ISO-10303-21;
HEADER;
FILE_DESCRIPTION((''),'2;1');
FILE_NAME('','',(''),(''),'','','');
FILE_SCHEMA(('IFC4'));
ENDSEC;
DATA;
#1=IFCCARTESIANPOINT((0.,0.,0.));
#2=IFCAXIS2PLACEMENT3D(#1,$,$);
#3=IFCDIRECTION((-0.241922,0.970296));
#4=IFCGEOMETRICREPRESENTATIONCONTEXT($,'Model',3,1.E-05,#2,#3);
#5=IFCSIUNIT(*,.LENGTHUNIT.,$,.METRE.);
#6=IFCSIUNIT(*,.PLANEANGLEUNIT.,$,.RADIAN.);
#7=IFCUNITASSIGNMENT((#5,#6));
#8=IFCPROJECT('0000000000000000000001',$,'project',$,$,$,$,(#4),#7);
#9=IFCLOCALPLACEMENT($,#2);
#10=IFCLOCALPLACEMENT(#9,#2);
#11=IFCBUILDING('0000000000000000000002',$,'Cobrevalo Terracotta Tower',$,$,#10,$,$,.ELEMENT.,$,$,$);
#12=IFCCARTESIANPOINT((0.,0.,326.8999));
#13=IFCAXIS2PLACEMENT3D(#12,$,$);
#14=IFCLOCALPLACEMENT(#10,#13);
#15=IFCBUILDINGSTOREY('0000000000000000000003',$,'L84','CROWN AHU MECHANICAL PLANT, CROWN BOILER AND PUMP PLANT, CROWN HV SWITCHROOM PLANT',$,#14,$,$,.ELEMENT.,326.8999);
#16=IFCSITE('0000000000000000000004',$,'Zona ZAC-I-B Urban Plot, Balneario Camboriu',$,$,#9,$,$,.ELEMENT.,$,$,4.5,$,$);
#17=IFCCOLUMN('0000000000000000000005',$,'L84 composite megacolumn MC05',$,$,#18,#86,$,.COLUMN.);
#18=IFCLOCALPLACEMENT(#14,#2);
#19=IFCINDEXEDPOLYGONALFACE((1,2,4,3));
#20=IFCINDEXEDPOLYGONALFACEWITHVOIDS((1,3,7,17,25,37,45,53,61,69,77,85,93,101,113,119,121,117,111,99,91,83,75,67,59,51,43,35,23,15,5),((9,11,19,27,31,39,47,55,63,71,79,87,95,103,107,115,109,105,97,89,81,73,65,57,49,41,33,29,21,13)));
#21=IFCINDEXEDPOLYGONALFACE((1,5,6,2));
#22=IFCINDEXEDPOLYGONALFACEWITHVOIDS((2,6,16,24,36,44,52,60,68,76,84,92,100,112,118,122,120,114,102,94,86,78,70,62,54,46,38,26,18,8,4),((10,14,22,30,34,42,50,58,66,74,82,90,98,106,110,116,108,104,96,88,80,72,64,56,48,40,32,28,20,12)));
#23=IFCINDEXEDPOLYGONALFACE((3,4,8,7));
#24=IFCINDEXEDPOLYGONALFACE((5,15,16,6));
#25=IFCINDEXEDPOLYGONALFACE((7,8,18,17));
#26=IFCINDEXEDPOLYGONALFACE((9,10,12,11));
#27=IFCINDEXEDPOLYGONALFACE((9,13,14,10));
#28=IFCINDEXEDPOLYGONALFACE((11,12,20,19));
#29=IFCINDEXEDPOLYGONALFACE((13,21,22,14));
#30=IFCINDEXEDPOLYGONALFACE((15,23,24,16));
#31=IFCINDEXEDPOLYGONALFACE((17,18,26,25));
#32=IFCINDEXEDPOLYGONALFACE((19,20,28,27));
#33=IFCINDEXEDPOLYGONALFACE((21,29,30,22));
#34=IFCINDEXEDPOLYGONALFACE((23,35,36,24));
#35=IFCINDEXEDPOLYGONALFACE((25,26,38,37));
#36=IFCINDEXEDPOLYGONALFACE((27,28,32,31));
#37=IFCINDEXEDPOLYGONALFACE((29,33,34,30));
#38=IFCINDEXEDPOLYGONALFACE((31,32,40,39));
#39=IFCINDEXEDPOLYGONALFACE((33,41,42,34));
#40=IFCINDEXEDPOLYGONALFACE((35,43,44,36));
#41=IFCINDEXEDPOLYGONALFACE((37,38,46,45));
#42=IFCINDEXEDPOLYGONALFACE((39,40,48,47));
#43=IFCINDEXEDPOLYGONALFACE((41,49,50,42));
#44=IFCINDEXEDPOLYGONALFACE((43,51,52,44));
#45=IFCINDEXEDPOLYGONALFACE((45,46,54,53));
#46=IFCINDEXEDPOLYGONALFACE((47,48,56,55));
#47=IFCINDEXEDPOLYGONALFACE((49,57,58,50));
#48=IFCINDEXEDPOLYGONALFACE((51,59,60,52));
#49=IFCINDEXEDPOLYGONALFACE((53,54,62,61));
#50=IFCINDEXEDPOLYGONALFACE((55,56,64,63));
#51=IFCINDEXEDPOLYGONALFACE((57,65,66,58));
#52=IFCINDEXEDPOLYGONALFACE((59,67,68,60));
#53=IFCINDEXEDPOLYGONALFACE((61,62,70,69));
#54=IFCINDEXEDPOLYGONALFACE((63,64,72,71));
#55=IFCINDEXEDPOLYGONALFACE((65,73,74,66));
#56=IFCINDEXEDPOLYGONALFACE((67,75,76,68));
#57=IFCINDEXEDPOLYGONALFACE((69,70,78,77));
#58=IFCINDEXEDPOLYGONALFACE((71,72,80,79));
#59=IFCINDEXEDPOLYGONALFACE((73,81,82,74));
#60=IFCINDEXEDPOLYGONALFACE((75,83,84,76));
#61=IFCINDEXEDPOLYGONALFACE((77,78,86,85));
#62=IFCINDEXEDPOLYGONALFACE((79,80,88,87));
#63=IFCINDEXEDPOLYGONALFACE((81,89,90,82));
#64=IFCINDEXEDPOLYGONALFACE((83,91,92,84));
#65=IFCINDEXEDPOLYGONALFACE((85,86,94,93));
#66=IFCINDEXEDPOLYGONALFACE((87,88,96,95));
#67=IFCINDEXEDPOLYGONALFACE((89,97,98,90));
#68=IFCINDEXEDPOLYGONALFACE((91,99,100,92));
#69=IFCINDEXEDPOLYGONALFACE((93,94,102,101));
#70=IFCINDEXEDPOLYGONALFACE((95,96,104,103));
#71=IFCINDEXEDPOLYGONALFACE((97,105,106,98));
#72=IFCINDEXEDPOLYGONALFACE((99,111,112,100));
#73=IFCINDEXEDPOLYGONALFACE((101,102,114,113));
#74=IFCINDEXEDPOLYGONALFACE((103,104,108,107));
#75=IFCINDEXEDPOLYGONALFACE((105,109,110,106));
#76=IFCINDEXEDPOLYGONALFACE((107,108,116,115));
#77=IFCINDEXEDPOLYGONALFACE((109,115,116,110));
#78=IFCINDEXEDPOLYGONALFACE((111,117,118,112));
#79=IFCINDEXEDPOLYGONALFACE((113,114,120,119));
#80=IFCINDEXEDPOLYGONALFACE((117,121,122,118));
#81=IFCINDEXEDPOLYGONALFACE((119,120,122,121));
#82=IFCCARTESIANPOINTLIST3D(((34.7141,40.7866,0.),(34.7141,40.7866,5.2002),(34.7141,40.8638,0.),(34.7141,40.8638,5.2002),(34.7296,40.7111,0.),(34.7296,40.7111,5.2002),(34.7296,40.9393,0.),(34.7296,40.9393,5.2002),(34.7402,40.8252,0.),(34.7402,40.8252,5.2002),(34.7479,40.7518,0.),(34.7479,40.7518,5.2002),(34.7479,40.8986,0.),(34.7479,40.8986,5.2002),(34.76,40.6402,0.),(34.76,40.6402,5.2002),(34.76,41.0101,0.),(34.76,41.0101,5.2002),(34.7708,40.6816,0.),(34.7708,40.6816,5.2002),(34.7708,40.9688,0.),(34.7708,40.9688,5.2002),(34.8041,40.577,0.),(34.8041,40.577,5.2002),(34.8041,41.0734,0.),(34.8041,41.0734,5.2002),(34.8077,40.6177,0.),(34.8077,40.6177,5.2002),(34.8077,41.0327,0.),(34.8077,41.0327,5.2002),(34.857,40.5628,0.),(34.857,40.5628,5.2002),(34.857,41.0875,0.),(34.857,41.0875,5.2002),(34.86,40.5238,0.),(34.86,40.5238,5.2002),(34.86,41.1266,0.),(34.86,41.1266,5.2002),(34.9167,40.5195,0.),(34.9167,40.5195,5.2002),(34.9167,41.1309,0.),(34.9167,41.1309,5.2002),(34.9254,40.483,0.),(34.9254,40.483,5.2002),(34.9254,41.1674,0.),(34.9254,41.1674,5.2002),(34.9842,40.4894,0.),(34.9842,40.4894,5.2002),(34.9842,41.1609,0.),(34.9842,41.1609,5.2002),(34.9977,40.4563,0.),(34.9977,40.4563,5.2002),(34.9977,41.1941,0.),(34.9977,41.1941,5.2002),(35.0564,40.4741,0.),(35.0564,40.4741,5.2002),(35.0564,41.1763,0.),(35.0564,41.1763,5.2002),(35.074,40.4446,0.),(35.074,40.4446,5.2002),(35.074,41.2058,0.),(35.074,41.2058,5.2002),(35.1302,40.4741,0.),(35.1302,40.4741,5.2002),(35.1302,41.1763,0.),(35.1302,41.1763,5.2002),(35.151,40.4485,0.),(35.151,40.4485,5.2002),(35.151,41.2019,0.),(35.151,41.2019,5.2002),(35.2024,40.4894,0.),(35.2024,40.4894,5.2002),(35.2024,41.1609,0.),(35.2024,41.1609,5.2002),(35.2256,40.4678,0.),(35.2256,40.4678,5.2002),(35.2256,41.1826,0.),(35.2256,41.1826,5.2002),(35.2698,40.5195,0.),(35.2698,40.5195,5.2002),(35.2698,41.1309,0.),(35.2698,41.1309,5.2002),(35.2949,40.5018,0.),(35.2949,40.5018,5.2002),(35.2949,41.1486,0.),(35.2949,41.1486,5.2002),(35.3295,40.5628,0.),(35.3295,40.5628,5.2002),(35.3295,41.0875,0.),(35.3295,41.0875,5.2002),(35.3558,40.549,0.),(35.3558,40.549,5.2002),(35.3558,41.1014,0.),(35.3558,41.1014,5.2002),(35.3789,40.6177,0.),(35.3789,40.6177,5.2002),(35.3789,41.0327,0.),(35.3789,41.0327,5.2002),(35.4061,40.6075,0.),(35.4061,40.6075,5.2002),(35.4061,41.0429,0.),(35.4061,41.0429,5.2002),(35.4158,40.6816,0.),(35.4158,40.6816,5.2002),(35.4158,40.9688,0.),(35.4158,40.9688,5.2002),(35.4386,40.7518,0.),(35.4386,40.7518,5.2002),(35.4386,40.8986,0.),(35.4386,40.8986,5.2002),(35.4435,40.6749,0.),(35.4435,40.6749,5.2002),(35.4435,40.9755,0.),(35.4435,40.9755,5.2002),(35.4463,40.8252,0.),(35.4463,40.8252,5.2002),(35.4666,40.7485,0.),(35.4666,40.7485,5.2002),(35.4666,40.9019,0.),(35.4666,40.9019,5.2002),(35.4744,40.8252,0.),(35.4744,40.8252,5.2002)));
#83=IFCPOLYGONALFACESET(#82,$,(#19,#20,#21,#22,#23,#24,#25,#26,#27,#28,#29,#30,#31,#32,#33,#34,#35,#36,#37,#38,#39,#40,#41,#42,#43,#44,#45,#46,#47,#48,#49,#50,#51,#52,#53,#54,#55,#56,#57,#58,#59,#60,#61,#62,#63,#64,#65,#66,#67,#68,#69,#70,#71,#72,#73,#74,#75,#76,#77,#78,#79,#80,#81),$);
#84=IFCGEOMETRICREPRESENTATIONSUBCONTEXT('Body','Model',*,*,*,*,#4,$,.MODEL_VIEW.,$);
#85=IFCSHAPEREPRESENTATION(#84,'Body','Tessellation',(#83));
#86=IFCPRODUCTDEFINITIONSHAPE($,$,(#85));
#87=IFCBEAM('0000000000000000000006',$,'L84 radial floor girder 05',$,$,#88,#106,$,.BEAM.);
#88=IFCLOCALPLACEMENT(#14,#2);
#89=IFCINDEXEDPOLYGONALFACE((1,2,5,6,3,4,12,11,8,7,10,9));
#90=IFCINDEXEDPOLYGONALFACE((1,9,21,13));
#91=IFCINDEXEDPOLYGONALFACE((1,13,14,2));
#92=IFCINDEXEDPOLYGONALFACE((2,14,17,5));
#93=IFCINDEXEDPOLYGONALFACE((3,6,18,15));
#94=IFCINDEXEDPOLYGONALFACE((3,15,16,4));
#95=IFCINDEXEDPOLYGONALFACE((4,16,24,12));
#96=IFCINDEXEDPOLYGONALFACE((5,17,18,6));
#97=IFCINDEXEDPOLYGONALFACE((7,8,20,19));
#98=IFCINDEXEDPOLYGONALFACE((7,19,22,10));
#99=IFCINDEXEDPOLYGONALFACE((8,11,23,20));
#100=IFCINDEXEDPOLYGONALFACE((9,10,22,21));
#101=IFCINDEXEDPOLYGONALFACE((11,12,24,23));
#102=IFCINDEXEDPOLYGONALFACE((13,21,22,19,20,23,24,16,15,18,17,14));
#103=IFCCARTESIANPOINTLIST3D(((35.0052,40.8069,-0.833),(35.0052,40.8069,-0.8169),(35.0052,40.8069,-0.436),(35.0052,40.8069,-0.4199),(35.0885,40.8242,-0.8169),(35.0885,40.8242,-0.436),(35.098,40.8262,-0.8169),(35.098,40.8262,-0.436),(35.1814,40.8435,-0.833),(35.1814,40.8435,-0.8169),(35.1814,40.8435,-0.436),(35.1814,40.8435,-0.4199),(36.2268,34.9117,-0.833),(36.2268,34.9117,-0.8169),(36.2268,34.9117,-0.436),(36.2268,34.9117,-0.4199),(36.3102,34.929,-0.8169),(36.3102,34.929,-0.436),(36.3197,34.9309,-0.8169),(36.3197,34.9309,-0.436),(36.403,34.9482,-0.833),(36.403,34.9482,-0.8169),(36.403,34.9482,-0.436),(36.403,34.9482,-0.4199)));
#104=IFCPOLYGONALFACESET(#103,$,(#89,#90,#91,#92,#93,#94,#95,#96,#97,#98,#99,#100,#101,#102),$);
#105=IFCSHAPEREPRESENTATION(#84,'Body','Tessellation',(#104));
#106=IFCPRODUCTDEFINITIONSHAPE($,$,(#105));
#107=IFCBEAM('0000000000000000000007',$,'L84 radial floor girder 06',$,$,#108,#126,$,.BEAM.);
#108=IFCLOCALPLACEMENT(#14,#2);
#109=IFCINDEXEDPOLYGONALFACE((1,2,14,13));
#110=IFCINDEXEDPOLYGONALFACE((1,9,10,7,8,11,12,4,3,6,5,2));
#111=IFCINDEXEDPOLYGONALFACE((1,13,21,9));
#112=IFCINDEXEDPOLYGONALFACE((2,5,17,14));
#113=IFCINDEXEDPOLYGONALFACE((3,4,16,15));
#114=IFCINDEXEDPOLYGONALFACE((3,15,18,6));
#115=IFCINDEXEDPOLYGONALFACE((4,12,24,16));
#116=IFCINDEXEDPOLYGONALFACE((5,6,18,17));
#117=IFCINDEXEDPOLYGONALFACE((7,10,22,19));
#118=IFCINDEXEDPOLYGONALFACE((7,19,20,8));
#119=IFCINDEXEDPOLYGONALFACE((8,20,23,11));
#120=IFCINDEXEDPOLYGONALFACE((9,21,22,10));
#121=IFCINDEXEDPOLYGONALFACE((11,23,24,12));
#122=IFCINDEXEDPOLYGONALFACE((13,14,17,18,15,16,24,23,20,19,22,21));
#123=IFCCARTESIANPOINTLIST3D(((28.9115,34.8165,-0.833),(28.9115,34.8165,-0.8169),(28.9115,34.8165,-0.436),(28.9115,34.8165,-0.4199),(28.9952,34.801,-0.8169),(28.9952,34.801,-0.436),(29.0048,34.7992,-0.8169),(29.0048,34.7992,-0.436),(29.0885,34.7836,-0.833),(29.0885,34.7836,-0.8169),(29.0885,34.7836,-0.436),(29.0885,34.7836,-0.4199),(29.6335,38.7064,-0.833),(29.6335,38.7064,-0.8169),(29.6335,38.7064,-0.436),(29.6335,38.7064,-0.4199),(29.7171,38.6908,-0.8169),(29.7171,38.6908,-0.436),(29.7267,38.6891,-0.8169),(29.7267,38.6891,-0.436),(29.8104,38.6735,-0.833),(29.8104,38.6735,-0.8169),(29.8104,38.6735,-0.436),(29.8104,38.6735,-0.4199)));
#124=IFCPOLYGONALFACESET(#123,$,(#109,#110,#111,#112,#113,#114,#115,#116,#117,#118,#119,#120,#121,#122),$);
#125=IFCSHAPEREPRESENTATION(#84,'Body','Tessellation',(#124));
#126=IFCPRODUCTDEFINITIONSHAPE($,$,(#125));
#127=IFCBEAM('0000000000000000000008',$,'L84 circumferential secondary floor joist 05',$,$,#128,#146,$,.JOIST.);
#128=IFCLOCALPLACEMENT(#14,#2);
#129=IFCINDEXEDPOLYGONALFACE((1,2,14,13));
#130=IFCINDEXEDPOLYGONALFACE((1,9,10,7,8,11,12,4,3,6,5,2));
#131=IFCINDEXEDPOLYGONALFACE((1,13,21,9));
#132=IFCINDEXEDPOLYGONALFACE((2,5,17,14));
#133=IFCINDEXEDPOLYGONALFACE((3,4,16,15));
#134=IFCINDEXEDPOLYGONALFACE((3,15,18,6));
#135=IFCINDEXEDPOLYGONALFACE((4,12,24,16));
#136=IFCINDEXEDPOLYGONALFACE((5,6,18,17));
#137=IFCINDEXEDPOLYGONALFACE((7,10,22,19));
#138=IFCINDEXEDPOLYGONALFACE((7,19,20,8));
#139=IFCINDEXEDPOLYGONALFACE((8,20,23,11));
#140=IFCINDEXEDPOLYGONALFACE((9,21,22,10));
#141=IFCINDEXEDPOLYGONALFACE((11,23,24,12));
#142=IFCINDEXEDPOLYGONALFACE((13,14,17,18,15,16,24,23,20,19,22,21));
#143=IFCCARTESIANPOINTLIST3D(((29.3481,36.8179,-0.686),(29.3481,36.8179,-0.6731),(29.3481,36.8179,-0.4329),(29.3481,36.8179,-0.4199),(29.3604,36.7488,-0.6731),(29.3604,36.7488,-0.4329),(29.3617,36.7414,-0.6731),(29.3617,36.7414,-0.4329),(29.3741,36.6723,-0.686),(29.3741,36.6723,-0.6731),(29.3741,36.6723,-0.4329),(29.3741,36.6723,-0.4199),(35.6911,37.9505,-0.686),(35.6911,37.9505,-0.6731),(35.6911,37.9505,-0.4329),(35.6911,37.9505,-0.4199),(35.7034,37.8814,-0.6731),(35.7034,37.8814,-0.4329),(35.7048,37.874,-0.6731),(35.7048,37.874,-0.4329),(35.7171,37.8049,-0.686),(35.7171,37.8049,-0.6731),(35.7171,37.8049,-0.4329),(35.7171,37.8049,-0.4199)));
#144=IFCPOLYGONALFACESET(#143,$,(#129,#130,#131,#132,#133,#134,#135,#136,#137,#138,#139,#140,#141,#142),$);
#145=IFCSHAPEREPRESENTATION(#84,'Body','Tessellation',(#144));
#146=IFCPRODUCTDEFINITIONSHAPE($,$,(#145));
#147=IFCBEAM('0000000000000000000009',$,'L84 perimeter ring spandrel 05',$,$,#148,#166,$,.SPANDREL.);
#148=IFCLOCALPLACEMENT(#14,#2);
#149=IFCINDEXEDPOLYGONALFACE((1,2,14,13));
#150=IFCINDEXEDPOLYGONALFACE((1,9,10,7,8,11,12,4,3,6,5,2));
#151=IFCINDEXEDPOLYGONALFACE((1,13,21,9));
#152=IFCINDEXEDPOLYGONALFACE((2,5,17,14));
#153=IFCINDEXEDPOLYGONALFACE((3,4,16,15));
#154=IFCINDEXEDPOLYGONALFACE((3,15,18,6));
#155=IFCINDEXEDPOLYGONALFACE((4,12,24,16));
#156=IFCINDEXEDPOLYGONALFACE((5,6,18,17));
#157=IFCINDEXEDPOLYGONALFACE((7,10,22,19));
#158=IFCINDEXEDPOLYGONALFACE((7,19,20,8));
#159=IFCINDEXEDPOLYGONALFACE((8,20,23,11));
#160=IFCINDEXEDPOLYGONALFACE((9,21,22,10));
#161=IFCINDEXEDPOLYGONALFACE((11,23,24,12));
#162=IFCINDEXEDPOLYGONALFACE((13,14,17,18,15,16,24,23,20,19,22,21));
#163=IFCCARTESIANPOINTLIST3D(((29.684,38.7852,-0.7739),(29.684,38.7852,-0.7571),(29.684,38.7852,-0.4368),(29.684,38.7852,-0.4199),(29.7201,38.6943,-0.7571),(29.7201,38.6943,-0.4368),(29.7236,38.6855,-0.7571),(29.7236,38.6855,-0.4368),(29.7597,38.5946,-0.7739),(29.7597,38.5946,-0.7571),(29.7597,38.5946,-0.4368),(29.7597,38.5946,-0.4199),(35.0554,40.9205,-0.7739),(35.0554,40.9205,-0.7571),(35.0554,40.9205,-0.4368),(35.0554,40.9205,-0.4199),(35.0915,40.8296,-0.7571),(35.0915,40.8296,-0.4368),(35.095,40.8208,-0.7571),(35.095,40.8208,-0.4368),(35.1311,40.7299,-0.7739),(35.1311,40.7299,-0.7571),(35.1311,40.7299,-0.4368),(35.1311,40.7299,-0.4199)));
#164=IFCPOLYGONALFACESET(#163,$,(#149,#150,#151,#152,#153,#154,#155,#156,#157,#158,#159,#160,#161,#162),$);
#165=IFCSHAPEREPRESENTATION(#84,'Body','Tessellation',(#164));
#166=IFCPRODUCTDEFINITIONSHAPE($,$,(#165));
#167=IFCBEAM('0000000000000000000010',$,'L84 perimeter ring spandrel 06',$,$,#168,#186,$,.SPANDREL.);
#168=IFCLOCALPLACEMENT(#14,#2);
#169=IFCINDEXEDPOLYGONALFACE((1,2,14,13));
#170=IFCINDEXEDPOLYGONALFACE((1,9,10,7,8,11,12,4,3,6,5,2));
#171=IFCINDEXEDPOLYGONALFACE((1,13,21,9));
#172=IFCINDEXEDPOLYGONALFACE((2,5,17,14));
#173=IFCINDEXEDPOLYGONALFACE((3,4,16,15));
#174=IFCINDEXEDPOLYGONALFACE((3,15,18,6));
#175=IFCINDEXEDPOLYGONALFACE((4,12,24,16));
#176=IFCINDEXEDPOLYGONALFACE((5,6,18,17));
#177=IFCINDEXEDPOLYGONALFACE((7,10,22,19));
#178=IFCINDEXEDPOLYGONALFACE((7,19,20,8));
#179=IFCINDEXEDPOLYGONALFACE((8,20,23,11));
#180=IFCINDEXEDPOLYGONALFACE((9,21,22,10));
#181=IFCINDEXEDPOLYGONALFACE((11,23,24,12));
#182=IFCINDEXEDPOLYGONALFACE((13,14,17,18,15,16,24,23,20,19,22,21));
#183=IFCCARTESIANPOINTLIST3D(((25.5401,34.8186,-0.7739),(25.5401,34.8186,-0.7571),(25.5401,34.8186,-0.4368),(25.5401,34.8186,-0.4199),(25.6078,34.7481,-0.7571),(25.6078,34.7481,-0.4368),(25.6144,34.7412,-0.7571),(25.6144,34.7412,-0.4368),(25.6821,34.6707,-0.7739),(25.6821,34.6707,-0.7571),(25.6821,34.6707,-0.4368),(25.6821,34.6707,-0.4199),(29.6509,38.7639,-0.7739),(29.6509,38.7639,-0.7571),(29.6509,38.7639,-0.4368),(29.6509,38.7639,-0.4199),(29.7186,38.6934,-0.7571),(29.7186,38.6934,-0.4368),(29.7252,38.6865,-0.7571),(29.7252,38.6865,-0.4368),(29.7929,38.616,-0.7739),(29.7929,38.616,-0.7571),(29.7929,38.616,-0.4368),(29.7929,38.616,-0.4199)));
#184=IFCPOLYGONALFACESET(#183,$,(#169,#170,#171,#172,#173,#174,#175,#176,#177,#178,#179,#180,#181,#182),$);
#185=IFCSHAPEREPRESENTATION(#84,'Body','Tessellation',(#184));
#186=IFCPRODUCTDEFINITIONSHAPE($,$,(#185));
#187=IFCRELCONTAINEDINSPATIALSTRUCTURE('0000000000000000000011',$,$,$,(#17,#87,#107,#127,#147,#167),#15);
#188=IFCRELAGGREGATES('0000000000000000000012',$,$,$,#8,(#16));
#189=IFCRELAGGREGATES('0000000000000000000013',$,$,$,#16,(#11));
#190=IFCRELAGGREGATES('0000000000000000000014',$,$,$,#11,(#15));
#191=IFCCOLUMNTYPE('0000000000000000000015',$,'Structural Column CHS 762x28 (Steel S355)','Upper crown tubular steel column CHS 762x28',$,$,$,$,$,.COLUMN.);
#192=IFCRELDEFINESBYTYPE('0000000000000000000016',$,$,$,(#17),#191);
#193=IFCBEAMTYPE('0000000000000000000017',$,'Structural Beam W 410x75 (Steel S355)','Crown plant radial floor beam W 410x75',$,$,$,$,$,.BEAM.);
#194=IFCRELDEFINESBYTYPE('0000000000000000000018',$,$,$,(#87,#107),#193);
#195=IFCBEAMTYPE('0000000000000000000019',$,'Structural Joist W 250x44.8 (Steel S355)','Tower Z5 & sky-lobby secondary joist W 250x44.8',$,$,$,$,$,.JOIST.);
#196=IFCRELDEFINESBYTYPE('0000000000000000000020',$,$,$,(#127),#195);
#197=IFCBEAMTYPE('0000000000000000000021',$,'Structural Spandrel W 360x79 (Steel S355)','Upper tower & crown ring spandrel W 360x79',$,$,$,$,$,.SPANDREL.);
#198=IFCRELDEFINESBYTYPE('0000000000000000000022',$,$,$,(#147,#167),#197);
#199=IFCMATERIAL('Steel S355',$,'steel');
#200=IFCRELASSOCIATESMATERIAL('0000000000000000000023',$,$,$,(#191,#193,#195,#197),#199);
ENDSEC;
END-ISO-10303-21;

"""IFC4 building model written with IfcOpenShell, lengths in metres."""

from ifc_helpers import new_model, si_unit, direction, frame, origin, origin_2d, place, context, subcontext, project, spatial, hollow_circle, i_section, extrude, material, material_profile, profile_set, type_object, element, save


model = new_model("IFC4")

# Units and contexts
model_context = context("Model", 3, precision=1e-05, world=origin(), true_north=direction((-0.241922, 0.970296)))
body_context = subcontext(model_context, "Body", "Model", "MODEL_VIEW")
ifc_project = project(units=[si_unit("LENGTHUNIT", "METRE"), si_unit("PLANEANGLEUNIT", "RADIAN")], contexts=[model_context])

# Site, building, storey
site_placement = place(None, origin())
site = spatial("IfcSite", under=ifc_project, at=site_placement, Name="Zona ZAC-I-B Urban Plot, Balneario Camboriu", CompositionType="ELEMENT", RefElevation=4.5)
building_placement = place(site_placement, origin())
building = spatial("IfcBuilding", under=site, at=building_placement, Name="Cobrevalo Terracotta Tower", CompositionType="ELEMENT")
storey_placement = place(building_placement, frame((0.0, 0.0, 326.8999)))
storey = spatial("IfcBuildingStorey", under=building, at=storey_placement, Name="L84", Description="CROWN AHU MECHANICAL PLANT, CROWN BOILER AND PUMP PLANT, CROWN HV SWITCHROOM PLANT", CompositionType="ELEMENT", Elevation=326.8999)

# Column
ifc_material_1 = material(Name="Steel S355", Category="steel")
ifc_material_profile_1 = material_profile(ifc_material_1, hollow_circle(Radius=0.3811, WallThickness=0.0281, at=origin_2d()), Name="CHS 762x28")
ifc_profile_set_1 = profile_set([ifc_material_profile_1], Name="Steel S355")
column_type = type_object("IfcColumnType", Name="Structural Column CHS 762x28 (Steel S355)", Description="Upper crown tubular steel column CHS 762x28", PredefinedType="COLUMN", material=ifc_profile_set_1)
column_placement = place(storey_placement, frame((35.0933, 40.8252, 0.0), z_axis=(0.0, 0.0, 1.0), x_axis=(1.0, 0.0, 0.0)))
element("IfcColumn", 1, at=column_placement, inside=storey, type_object=column_type, Name="L84 composite megacolumn MC05", PredefinedType="COLUMN", context=body_context, shape_type="SweptSolid", body=[
    extrude(hollow_circle(Radius=0.3811, WallThickness=0.0281, at=origin_2d()), origin(), (0.0, 0.0, 1.0), 5.2002),
])

# Beams
ifc_material_profile_2 = material_profile(ifc_material_1, i_section(OverallWidth=0.1799, OverallDepth=0.4131, WebThickness=0.0098, FlangeThickness=0.0161, at=origin_2d()), Name="W 410x75")
ifc_profile_set_2 = profile_set([ifc_material_profile_2], Name="Steel S355")
beam_type_1 = type_object("IfcBeamType", Name="Structural Beam W 410x75 (Steel S355)", Description="Crown plant radial floor beam W 410x75", PredefinedType="BEAM", material=ifc_profile_set_2)
beam_1_placement = place(storey_placement, frame((35.0933, 40.8252, -0.6265), z_axis=(0.202919, -0.979195, 0.0), x_axis=(0.979195, 0.202919, 0.0)))
element("IfcBeam", 2, at=beam_1_placement, inside=storey, type_object=beam_type_1, Name="L84 radial floor girder 05", PredefinedType="BEAM", context=body_context, shape_type="SweptSolid", body=[
    extrude(i_section(OverallWidth=0.1799, OverallDepth=0.4131, WebThickness=0.0098, FlangeThickness=0.0161, at=origin_2d()), origin(), (0.0, 0.0, 1.0), 6.0205),
])
beam_2_placement = place(storey_placement, frame((29.7219, 38.6899, -0.6265), z_axis=(-0.182474, -0.983211, 0.0), x_axis=(0.983211, -0.182474, 0.0)))
element("IfcBeam", 3, at=beam_2_placement, inside=storey, type_object=beam_type_1, Name="L84 radial floor girder 06", PredefinedType="BEAM", context=body_context, shape_type="SweptSolid", body=[
    extrude(i_section(OverallWidth=0.1799, OverallDepth=0.4131, WebThickness=0.0098, FlangeThickness=0.0161, at=origin_2d()), origin(), (0.0, 0.0, 1.0), 3.9563),
])
ifc_material_profile_3 = material_profile(ifc_material_1, i_section(OverallWidth=0.1479, OverallDepth=0.2661, WebThickness=0.0076, FlangeThickness=0.0129, at=origin_2d()), Name="W 250x44.8")
ifc_profile_set_3 = profile_set([ifc_material_profile_3], Name="Steel S355")
beam_type_2 = type_object("IfcBeamType", Name="Structural Joist W 250x44.8 (Steel S355)", Description="Tower Z5 & sky-lobby secondary joist W 250x44.8", PredefinedType="JOIST", material=ifc_profile_set_3)
beam_3_placement = place(storey_placement, frame((35.7041, 37.8777, -0.553), z_axis=(-0.984431, -0.175774, 0.0), x_axis=(0.175774, -0.984431, 0.0)))
element("IfcBeam", 4, at=beam_3_placement, inside=storey, type_object=beam_type_2, Name="L84 circumferential secondary floor joist 05", PredefinedType="JOIST", context=body_context, shape_type="SweptSolid", body=[
    extrude(i_section(OverallWidth=0.1479, OverallDepth=0.2661, WebThickness=0.0076, FlangeThickness=0.0129, at=origin_2d()), origin(), (0.0, 0.0, 1.0), 6.4434),
])
ifc_material_profile_4 = material_profile(ifc_material_1, i_section(OverallWidth=0.2051, OverallDepth=0.354, WebThickness=0.0095, FlangeThickness=0.0168, at=origin_2d()), Name="W 360x79")
ifc_profile_set_4 = profile_set([ifc_material_profile_4], Name="Steel S355")
beam_type_3 = type_object("IfcBeamType", Name="Structural Spandrel W 360x79 (Steel S355)", Description="Upper tower & crown ring spandrel W 360x79", PredefinedType="SPANDREL", material=ifc_profile_set_4)
beam_4_placement = place(storey_placement, frame((35.0933, 40.8252, -0.5969), z_axis=(-0.929267, -0.369409, 0.0), x_axis=(0.369409, -0.929267, 0.0)))
element("IfcBeam", 5, at=beam_4_placement, inside=storey, type_object=beam_type_3, Name="L84 perimeter ring spandrel 05", PredefinedType="SPANDREL", context=body_context, shape_type="SweptSolid", body=[
    extrude(i_section(OverallWidth=0.2051, OverallDepth=0.354, WebThickness=0.0095, FlangeThickness=0.0168, at=origin_2d()), origin(), (0.0, 0.0, 1.0), 5.7803),
])
beam_5_placement = place(storey_placement, frame((29.7219, 38.6899, -0.5969), z_axis=(-0.721483, -0.692432, 0.0), x_axis=(0.692432, -0.721483, 0.0)))
element("IfcBeam", 6, at=beam_5_placement, inside=storey, type_object=beam_type_3, Name="L84 perimeter ring spandrel 06", PredefinedType="SPANDREL", context=body_context, shape_type="SweptSolid", body=[
    extrude(i_section(OverallWidth=0.2051, OverallDepth=0.354, WebThickness=0.0095, FlangeThickness=0.0168, at=origin_2d()), origin(), (0.0, 0.0, 1.0), 5.6978),
])

save(model, "model.ifc")
